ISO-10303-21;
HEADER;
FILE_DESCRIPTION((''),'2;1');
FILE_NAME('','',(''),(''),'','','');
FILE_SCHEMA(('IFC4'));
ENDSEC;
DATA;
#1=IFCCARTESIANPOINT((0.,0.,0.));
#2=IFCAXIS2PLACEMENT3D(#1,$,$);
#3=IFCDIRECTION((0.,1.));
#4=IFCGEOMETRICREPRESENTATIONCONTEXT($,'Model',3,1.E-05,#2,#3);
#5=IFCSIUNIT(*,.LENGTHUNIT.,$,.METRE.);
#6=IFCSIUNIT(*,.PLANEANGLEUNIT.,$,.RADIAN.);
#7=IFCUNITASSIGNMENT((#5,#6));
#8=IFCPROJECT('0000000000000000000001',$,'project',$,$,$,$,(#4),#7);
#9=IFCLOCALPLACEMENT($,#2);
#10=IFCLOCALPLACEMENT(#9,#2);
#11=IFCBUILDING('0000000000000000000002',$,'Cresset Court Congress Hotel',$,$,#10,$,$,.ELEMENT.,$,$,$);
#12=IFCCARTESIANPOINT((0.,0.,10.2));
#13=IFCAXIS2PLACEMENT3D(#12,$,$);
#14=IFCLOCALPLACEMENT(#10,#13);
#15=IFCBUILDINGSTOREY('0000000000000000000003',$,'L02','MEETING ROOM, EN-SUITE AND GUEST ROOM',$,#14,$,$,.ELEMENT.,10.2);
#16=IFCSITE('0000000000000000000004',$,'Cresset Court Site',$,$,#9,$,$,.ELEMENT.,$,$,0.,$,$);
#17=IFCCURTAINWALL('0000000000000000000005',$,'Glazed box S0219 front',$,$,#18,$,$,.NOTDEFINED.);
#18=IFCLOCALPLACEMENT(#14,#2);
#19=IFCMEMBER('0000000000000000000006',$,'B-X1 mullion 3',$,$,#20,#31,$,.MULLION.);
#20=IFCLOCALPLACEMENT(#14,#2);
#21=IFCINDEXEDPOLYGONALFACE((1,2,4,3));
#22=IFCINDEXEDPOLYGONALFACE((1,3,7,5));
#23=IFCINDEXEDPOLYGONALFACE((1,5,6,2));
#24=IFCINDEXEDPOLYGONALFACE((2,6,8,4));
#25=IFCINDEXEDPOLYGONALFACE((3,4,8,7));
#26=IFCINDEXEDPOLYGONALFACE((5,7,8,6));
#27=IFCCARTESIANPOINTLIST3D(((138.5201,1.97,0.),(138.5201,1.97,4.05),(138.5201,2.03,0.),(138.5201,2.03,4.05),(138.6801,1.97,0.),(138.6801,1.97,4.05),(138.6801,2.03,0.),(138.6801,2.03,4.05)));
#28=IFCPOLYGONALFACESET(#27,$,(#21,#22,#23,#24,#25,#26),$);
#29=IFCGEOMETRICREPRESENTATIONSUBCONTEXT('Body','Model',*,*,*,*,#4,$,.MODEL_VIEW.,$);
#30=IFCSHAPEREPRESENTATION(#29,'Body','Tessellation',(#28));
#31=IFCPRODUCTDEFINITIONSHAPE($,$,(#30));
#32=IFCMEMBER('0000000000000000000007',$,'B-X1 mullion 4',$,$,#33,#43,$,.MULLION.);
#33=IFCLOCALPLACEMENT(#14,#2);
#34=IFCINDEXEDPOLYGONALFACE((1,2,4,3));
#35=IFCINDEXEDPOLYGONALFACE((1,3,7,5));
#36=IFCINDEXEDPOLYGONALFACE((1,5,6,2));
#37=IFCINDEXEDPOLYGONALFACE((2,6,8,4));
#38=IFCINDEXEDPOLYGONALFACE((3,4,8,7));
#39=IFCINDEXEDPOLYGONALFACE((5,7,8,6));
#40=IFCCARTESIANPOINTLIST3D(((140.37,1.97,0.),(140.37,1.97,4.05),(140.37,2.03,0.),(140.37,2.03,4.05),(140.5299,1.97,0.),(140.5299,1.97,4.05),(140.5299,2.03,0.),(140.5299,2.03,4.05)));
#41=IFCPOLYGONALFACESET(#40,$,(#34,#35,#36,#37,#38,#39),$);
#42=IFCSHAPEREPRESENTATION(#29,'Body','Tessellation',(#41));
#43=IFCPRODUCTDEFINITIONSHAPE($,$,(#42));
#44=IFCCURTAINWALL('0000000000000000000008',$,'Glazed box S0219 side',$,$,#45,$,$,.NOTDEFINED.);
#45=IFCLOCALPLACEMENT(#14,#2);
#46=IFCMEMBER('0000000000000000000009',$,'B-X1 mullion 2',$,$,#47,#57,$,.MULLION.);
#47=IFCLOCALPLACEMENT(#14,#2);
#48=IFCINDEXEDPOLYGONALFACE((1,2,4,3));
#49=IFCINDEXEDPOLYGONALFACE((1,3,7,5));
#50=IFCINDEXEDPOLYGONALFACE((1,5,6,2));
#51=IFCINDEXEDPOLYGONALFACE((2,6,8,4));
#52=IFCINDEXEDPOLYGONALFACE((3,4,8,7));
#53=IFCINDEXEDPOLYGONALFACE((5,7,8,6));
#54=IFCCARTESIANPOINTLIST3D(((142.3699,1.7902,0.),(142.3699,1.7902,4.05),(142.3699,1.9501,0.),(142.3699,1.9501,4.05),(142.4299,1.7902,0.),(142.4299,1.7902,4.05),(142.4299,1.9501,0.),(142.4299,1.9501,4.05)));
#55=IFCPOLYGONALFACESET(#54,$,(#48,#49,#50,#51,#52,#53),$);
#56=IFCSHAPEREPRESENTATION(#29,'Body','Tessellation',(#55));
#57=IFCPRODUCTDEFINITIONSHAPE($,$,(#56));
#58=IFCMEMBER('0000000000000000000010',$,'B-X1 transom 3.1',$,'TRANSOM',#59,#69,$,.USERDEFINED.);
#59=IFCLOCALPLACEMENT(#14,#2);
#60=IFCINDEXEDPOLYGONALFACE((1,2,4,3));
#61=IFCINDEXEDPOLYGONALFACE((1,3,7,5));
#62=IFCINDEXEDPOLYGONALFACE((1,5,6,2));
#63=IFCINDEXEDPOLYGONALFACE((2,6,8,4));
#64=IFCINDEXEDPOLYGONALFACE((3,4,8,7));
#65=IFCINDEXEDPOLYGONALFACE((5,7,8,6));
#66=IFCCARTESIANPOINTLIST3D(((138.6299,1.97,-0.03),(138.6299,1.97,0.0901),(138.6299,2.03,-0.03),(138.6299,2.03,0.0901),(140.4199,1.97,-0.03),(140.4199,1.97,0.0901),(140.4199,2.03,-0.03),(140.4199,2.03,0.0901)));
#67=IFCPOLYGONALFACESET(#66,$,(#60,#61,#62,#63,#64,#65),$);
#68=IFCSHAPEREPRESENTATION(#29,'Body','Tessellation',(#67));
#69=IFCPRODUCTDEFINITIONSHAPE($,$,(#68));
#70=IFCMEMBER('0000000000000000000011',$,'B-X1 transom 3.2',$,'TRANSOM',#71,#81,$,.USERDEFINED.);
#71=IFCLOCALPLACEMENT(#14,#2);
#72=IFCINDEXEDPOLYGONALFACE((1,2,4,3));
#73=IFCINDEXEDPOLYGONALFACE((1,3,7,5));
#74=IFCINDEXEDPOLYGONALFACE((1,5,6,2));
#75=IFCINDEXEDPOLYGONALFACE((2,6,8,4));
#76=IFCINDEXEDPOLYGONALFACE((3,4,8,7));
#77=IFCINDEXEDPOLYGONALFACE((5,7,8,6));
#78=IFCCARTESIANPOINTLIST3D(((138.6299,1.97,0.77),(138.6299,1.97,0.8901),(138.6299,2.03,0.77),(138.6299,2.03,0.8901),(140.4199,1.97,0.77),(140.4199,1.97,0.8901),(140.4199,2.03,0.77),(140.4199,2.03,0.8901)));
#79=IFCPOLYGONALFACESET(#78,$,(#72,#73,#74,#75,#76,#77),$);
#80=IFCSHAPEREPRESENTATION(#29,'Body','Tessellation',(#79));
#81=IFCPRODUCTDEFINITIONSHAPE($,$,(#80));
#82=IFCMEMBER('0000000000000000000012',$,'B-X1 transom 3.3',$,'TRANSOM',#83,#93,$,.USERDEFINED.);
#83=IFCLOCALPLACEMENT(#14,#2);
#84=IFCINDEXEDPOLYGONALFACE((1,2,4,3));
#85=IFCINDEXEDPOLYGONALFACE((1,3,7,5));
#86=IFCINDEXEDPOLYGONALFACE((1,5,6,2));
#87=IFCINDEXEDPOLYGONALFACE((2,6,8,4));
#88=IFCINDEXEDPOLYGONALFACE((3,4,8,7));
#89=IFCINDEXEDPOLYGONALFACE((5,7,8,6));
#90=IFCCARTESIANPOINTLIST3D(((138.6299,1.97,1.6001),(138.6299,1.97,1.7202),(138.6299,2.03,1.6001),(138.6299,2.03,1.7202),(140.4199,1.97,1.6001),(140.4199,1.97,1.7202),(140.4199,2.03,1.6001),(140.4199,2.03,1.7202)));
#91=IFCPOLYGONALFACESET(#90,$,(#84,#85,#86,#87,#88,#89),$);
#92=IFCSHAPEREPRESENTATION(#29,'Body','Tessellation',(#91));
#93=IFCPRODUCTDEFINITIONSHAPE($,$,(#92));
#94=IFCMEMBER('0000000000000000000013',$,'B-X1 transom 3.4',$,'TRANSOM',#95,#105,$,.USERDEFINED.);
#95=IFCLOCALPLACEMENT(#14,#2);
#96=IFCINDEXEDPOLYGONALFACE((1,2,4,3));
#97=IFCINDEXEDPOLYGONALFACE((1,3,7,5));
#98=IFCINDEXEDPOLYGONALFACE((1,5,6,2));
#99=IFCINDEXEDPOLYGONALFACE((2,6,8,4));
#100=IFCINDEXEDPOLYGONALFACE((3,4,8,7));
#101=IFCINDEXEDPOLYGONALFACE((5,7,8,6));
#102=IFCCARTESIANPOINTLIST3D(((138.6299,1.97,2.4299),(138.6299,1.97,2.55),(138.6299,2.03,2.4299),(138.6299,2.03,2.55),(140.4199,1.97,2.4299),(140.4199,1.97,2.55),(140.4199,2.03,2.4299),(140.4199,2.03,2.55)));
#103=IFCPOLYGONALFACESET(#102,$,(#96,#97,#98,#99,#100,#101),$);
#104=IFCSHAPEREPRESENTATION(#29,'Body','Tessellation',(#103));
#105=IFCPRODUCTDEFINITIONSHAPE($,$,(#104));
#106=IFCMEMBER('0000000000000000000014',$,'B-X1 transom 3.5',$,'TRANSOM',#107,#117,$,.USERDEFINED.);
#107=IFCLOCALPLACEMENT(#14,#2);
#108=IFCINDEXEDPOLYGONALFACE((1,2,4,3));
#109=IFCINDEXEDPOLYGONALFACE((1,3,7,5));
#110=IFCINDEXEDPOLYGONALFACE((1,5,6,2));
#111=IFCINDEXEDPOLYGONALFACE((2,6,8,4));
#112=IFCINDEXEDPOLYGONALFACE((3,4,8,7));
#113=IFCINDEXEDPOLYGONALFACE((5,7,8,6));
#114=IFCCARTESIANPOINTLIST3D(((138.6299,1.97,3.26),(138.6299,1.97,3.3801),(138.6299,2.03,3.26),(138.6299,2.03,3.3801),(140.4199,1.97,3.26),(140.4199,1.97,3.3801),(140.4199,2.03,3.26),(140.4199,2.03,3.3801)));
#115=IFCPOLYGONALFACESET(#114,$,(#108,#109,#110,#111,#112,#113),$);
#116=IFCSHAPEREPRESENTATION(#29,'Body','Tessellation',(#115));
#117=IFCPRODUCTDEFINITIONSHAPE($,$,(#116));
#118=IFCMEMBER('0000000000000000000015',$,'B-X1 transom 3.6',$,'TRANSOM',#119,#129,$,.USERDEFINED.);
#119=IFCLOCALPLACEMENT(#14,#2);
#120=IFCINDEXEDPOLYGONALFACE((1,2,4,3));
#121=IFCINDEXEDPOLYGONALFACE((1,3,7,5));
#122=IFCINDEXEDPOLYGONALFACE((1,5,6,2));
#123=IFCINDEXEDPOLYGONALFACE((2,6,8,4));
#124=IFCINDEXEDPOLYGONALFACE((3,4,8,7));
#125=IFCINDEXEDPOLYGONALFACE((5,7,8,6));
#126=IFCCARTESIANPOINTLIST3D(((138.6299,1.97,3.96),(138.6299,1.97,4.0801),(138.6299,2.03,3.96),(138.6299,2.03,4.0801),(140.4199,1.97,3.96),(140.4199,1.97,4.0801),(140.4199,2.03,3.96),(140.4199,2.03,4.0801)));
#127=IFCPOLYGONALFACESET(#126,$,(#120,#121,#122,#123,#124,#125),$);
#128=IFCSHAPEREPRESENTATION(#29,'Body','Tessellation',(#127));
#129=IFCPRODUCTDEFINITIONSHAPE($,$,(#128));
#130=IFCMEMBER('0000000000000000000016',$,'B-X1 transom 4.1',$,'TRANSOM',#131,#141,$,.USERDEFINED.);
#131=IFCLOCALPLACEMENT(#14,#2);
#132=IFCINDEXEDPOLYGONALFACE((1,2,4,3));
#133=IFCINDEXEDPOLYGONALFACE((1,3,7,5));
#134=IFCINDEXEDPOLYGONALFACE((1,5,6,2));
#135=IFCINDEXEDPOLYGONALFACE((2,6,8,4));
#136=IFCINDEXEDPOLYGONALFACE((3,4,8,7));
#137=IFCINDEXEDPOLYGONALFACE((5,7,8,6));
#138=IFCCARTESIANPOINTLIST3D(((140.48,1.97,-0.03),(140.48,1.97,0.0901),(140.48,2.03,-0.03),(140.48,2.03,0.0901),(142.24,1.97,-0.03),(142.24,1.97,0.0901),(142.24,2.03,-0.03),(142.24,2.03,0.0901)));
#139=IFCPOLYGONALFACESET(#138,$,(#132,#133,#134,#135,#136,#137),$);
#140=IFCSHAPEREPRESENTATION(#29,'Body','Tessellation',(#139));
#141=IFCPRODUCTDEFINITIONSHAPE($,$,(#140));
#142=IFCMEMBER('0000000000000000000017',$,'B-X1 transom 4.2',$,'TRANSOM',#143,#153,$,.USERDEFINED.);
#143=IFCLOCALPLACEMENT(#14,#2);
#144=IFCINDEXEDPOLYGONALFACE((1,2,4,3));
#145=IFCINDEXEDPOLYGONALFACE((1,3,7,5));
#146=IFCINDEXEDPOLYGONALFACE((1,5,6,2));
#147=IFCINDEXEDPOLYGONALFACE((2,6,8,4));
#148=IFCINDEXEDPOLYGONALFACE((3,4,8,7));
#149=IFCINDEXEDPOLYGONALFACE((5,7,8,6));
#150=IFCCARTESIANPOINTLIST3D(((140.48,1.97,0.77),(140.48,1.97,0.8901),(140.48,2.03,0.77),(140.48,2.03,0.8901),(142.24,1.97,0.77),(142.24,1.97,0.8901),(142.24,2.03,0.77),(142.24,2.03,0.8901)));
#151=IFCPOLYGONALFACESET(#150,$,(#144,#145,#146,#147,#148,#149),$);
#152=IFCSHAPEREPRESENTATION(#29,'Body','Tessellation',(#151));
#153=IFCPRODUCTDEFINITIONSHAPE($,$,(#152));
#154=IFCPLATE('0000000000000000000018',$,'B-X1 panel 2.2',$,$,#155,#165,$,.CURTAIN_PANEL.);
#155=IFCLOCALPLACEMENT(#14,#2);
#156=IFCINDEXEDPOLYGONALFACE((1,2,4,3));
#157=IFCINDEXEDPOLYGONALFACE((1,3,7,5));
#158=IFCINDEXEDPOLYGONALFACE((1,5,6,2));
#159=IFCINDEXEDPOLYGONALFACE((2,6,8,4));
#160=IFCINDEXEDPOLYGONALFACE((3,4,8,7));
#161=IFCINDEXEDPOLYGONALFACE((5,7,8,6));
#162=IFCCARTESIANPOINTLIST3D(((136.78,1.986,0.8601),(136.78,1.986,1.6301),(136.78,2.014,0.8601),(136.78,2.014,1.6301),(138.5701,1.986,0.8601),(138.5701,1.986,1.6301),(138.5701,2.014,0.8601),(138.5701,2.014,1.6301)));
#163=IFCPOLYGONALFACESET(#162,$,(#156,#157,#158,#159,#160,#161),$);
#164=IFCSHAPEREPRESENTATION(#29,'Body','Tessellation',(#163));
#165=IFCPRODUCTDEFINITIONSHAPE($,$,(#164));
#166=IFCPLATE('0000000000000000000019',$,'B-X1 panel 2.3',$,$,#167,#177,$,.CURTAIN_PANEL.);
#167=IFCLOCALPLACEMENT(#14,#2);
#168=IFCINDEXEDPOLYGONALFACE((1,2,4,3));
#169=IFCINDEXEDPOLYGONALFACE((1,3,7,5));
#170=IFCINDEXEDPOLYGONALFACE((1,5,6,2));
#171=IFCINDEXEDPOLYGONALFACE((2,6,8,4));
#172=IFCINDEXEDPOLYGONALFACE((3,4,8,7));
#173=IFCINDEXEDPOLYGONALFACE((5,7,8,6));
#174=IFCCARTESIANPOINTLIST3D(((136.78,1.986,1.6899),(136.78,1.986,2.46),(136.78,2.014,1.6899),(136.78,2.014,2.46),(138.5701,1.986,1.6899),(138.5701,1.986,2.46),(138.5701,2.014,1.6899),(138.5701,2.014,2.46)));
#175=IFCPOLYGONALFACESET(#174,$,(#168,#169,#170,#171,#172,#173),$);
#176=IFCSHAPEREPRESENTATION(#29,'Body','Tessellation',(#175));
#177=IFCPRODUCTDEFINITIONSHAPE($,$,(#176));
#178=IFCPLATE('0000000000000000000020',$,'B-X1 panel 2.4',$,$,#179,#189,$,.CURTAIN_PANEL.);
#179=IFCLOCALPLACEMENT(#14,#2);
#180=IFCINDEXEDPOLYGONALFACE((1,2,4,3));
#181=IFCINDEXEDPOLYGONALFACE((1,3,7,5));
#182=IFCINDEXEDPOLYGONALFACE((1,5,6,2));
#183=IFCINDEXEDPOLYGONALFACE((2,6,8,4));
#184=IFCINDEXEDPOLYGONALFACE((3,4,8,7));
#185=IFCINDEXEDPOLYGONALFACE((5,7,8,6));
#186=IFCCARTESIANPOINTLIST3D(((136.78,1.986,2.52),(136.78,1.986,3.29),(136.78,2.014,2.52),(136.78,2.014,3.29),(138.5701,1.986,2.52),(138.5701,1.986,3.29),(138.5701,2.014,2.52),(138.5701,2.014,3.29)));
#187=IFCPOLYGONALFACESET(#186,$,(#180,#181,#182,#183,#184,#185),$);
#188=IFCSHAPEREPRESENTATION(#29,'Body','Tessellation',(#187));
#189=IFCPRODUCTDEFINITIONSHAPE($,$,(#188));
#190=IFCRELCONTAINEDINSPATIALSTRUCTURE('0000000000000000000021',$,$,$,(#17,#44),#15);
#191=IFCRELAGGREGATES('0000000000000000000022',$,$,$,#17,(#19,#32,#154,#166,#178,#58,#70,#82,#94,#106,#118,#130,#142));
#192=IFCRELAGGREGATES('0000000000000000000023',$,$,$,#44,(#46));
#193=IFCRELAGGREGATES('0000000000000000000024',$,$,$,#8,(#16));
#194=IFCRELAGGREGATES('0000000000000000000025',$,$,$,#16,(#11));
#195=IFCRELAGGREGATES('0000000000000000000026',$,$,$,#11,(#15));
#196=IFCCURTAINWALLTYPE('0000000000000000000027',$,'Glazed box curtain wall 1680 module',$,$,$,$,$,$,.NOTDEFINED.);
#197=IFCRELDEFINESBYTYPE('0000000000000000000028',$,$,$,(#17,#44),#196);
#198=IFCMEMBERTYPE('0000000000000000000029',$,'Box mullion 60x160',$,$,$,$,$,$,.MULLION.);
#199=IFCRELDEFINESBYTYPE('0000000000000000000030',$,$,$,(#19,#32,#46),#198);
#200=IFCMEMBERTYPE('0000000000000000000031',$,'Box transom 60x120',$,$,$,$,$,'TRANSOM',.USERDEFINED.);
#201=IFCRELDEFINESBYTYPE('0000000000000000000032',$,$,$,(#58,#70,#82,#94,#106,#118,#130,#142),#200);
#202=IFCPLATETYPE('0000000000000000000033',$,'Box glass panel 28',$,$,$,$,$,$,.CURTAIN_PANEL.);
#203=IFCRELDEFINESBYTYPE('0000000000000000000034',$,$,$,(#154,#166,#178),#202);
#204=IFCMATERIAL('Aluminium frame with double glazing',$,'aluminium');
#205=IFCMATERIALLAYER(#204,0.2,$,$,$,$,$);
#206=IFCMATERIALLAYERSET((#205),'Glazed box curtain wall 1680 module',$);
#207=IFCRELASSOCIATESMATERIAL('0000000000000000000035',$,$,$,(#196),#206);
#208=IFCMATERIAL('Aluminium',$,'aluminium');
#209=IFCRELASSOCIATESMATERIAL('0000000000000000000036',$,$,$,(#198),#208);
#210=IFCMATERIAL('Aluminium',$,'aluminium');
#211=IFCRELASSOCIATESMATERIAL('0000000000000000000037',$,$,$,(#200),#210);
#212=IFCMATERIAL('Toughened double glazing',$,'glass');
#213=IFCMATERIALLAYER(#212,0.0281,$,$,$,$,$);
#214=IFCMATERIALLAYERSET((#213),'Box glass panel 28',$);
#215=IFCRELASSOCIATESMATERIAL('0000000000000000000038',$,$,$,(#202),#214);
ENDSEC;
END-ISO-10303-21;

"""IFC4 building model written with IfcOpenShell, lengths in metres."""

from ifc_helpers import new_model, si_unit, direction, frame, origin, origin_2d, place, context, subcontext, project, spatial, rectangle, extrude, material, layer, layer_set, material_profile, profile_set, type_object, element, aggregate, save


model = new_model("IFC4")

# Units and contexts
model_context = context("Model", 3, precision=1e-05, world=origin(), true_north=direction((0.0, 1.0)))
body_context = subcontext(model_context, "Body", "Model", "MODEL_VIEW")
ifc_project = project(units=[si_unit("LENGTHUNIT", "METRE"), si_unit("PLANEANGLEUNIT", "RADIAN")], contexts=[model_context])

# Site, building, storey
site_placement = place(None, origin())
site = spatial("IfcSite", under=ifc_project, at=site_placement, Name="Cresset Court Site", CompositionType="ELEMENT", RefElevation=0.0)
building_placement = place(site_placement, origin())
building = spatial("IfcBuilding", under=site, at=building_placement, Name="Cresset Court Congress Hotel", CompositionType="ELEMENT")
storey_placement = place(building_placement, frame((0.0, 0.0, 10.2)))
storey = spatial("IfcBuildingStorey", under=building, at=storey_placement, Name="L02", Description="MEETING ROOM, EN-SUITE AND GUEST ROOM", CompositionType="ELEMENT", Elevation=10.2)

# Curtain wall, members
ifc_material_1 = material(Name="Aluminium frame with double glazing", Category="aluminium")
ifc_layer_1 = layer(ifc_material_1, 0.2)
ifc_layer_set_1 = layer_set([ifc_layer_1], Name="Glazed box curtain wall 1680 module")
curtain_wall_type = type_object("IfcCurtainWallType", Name="Glazed box curtain wall 1680 module", PredefinedType="NOTDEFINED", material=ifc_layer_set_1)
curtain_wall_1_placement = place(storey_placement, origin())
curtain_wall_1 = element("IfcCurtainWall", 1, at=curtain_wall_1_placement, inside=storey, type_object=curtain_wall_type, Name="Glazed box S0219 front", PredefinedType="NOTDEFINED")
ifc_material_2 = material(Name="Aluminium", Category="aluminium")
ifc_material_profile_1 = material_profile(ifc_material_2, rectangle(XDim=0.0601, YDim=0.1599, at=origin_2d()), Name="Box mullion 60x160")
ifc_profile_set_1 = profile_set([ifc_material_profile_1], Name="Aluminium")
member_type_1 = type_object("IfcMemberType", Name="Box mullion 60x160", PredefinedType="MULLION", material=ifc_profile_set_1)
member_1_placement = place(storey_placement, frame((138.6001, 2.0, 0.0), z_axis=(0.0, 0.0, 1.0), x_axis=(0.0, 1.0, 0.0)))
member_1 = element("IfcMember", 2, at=member_1_placement, type_object=member_type_1, Name="B-X1 mullion 3", PredefinedType="MULLION", context=body_context, shape_type="SweptSolid", body=[
    extrude(rectangle(XDim=0.0601, YDim=0.1599, at=origin_2d()), origin(), (0.0, 0.0, 1.0), 4.05),
])
member_2_placement = place(storey_placement, frame((140.45, 2.0, 0.0), z_axis=(0.0, 0.0, 1.0), x_axis=(0.0, 1.0, 0.0)))
member_2 = element("IfcMember", 3, at=member_2_placement, type_object=member_type_1, Name="B-X1 mullion 4", PredefinedType="MULLION", context=body_context, shape_type="SweptSolid", body=[
    extrude(rectangle(XDim=0.0601, YDim=0.1599, at=origin_2d()), origin(), (0.0, 0.0, 1.0), 4.05),
])

# Curtain wall, member
curtain_wall_2_placement = place(storey_placement, origin())
curtain_wall_2 = element("IfcCurtainWall", 4, at=curtain_wall_2_placement, inside=storey, type_object=curtain_wall_type, Name="Glazed box S0219 side", PredefinedType="NOTDEFINED")
member_3_placement = place(storey_placement, frame((142.3999, 1.8701, 0.0), z_axis=(0.0, 0.0, 1.0), x_axis=(-1.0, 0.0, 0.0)))
member_3 = element("IfcMember", 5, at=member_3_placement, type_object=member_type_1, Name="B-X1 mullion 2", PredefinedType="MULLION", context=body_context, shape_type="SweptSolid", body=[
    extrude(rectangle(XDim=0.0601, YDim=0.1599, at=origin_2d()), origin(), (0.0, 0.0, 1.0), 4.05),
])

# Members
ifc_material_3 = material(Name="Aluminium", Category="aluminium")
ifc_material_profile_2 = material_profile(ifc_material_3, rectangle(XDim=0.0601, YDim=0.1201, at=origin_2d()), Name="Box transom 60x120")
ifc_profile_set_2 = profile_set([ifc_material_profile_2], Name="Aluminium")
member_type_2 = type_object("IfcMemberType", Name="Box transom 60x120", ElementType="TRANSOM", PredefinedType="USERDEFINED", material=ifc_profile_set_2)
member_4_placement = place(storey_placement, frame((138.6299, 2.0, 0.03), z_axis=(1.0, 0.0, 0.0), x_axis=(0.0, 1.0, 0.0)))
member_4 = element("IfcMember", 6, at=member_4_placement, type_object=member_type_2, Name="B-X1 transom 3.1", ObjectType="TRANSOM", PredefinedType="USERDEFINED", context=body_context, shape_type="SweptSolid", body=[
    extrude(rectangle(XDim=0.0601, YDim=0.1201, at=origin_2d()), origin(), (0.0, 0.0, 1.0), 1.79),
])
member_5_placement = place(storey_placement, frame((138.6299, 2.0, 0.8301), z_axis=(1.0, 0.0, 0.0), x_axis=(0.0, 1.0, 0.0)))
member_5 = element("IfcMember", 7, at=member_5_placement, type_object=member_type_2, Name="B-X1 transom 3.2", ObjectType="TRANSOM", PredefinedType="USERDEFINED", context=body_context, shape_type="SweptSolid", body=[
    extrude(rectangle(XDim=0.0601, YDim=0.1201, at=origin_2d()), origin(), (0.0, 0.0, 1.0), 1.79),
])
member_6_placement = place(storey_placement, frame((138.6299, 2.0, 1.6602), z_axis=(1.0, 0.0, 0.0), x_axis=(0.0, 1.0, 0.0)))
member_6 = element("IfcMember", 8, at=member_6_placement, type_object=member_type_2, Name="B-X1 transom 3.3", ObjectType="TRANSOM", PredefinedType="USERDEFINED", context=body_context, shape_type="SweptSolid", body=[
    extrude(rectangle(XDim=0.0601, YDim=0.1201, at=origin_2d()), origin(), (0.0, 0.0, 1.0), 1.79),
])
member_7_placement = place(storey_placement, frame((138.6299, 2.0, 2.49), z_axis=(1.0, 0.0, 0.0), x_axis=(0.0, 1.0, 0.0)))
member_7 = element("IfcMember", 9, at=member_7_placement, type_object=member_type_2, Name="B-X1 transom 3.4", ObjectType="TRANSOM", PredefinedType="USERDEFINED", context=body_context, shape_type="SweptSolid", body=[
    extrude(rectangle(XDim=0.0601, YDim=0.1201, at=origin_2d()), origin(), (0.0, 0.0, 1.0), 1.79),
])
member_8_placement = place(storey_placement, frame((138.6299, 2.0, 3.3201), z_axis=(1.0, 0.0, 0.0), x_axis=(0.0, 1.0, 0.0)))
member_8 = element("IfcMember", 10, at=member_8_placement, type_object=member_type_2, Name="B-X1 transom 3.5", ObjectType="TRANSOM", PredefinedType="USERDEFINED", context=body_context, shape_type="SweptSolid", body=[
    extrude(rectangle(XDim=0.0601, YDim=0.1201, at=origin_2d()), origin(), (0.0, 0.0, 1.0), 1.79),
])
member_9_placement = place(storey_placement, frame((138.6299, 2.0, 4.02), z_axis=(1.0, 0.0, 0.0), x_axis=(0.0, 1.0, 0.0)))
member_9 = element("IfcMember", 11, at=member_9_placement, type_object=member_type_2, Name="B-X1 transom 3.6", ObjectType="TRANSOM", PredefinedType="USERDEFINED", context=body_context, shape_type="SweptSolid", body=[
    extrude(rectangle(XDim=0.0601, YDim=0.1201, at=origin_2d()), origin(), (0.0, 0.0, 1.0), 1.79),
])
member_10_placement = place(storey_placement, frame((140.48, 2.0, 0.03), z_axis=(1.0, 0.0, 0.0), x_axis=(0.0, 1.0, 0.0)))
member_10 = element("IfcMember", 12, at=member_10_placement, type_object=member_type_2, Name="B-X1 transom 4.1", ObjectType="TRANSOM", PredefinedType="USERDEFINED", context=body_context, shape_type="SweptSolid", body=[
    extrude(rectangle(XDim=0.0601, YDim=0.1201, at=origin_2d()), origin(), (0.0, 0.0, 1.0), 1.76),
])
member_11_placement = place(storey_placement, frame((140.48, 2.0, 0.8301), z_axis=(1.0, 0.0, 0.0), x_axis=(0.0, 1.0, 0.0)))
member_11 = element("IfcMember", 13, at=member_11_placement, type_object=member_type_2, Name="B-X1 transom 4.2", ObjectType="TRANSOM", PredefinedType="USERDEFINED", context=body_context, shape_type="SweptSolid", body=[
    extrude(rectangle(XDim=0.0601, YDim=0.1201, at=origin_2d()), origin(), (0.0, 0.0, 1.0), 1.76),
])

# Plates
ifc_material_4 = material(Name="Toughened double glazing", Category="glass")
ifc_layer_2 = layer(ifc_material_4, 0.0281)
ifc_layer_set_2 = layer_set([ifc_layer_2], Name="Box glass panel 28")
plate_type_1 = type_object("IfcPlateType", Name="Box glass panel 28", PredefinedType="CURTAIN_PANEL", material=ifc_layer_set_2)
plate_1_placement = place(storey_placement, frame((137.675, 2.0, 0.8601), z_axis=(0.0, 0.0, 1.0), x_axis=(1.0, 0.0, 0.0)))
plate_1 = element("IfcPlate", 14, at=plate_1_placement, type_object=plate_type_1, Name="B-X1 panel 2.2", PredefinedType="CURTAIN_PANEL", context=body_context, shape_type="SweptSolid", body=[
    extrude(rectangle(XDim=1.79, YDim=0.0281, at=origin_2d()), origin(), (0.0, 0.0, 1.0), 0.77),
])
plate_2_placement = place(storey_placement, frame((137.675, 2.0, 1.6899), z_axis=(0.0, 0.0, 1.0), x_axis=(1.0, 0.0, 0.0)))
plate_2 = element("IfcPlate", 15, at=plate_2_placement, type_object=plate_type_1, Name="B-X1 panel 2.3", PredefinedType="CURTAIN_PANEL", context=body_context, shape_type="SweptSolid", body=[
    extrude(rectangle(XDim=1.79, YDim=0.0281, at=origin_2d()), origin(), (0.0, 0.0, 1.0), 0.77),
])
plate_3_placement = place(storey_placement, frame((137.675, 2.0, 2.52), z_axis=(0.0, 0.0, 1.0), x_axis=(1.0, 0.0, 0.0)))
plate_3 = element("IfcPlate", 16, at=plate_3_placement, type_object=plate_type_1, Name="B-X1 panel 2.4", PredefinedType="CURTAIN_PANEL", context=body_context, shape_type="SweptSolid", body=[
    extrude(rectangle(XDim=1.79, YDim=0.0281, at=origin_2d()), origin(), (0.0, 0.0, 1.0), 0.77),
])
aggregate(curtain_wall_1, [member_1, member_2, plate_1, plate_2, plate_3, member_4, member_5, member_6, member_7, member_8, member_9, member_10, member_11])
aggregate(curtain_wall_2, [member_3])

save(model, "model.ifc")
